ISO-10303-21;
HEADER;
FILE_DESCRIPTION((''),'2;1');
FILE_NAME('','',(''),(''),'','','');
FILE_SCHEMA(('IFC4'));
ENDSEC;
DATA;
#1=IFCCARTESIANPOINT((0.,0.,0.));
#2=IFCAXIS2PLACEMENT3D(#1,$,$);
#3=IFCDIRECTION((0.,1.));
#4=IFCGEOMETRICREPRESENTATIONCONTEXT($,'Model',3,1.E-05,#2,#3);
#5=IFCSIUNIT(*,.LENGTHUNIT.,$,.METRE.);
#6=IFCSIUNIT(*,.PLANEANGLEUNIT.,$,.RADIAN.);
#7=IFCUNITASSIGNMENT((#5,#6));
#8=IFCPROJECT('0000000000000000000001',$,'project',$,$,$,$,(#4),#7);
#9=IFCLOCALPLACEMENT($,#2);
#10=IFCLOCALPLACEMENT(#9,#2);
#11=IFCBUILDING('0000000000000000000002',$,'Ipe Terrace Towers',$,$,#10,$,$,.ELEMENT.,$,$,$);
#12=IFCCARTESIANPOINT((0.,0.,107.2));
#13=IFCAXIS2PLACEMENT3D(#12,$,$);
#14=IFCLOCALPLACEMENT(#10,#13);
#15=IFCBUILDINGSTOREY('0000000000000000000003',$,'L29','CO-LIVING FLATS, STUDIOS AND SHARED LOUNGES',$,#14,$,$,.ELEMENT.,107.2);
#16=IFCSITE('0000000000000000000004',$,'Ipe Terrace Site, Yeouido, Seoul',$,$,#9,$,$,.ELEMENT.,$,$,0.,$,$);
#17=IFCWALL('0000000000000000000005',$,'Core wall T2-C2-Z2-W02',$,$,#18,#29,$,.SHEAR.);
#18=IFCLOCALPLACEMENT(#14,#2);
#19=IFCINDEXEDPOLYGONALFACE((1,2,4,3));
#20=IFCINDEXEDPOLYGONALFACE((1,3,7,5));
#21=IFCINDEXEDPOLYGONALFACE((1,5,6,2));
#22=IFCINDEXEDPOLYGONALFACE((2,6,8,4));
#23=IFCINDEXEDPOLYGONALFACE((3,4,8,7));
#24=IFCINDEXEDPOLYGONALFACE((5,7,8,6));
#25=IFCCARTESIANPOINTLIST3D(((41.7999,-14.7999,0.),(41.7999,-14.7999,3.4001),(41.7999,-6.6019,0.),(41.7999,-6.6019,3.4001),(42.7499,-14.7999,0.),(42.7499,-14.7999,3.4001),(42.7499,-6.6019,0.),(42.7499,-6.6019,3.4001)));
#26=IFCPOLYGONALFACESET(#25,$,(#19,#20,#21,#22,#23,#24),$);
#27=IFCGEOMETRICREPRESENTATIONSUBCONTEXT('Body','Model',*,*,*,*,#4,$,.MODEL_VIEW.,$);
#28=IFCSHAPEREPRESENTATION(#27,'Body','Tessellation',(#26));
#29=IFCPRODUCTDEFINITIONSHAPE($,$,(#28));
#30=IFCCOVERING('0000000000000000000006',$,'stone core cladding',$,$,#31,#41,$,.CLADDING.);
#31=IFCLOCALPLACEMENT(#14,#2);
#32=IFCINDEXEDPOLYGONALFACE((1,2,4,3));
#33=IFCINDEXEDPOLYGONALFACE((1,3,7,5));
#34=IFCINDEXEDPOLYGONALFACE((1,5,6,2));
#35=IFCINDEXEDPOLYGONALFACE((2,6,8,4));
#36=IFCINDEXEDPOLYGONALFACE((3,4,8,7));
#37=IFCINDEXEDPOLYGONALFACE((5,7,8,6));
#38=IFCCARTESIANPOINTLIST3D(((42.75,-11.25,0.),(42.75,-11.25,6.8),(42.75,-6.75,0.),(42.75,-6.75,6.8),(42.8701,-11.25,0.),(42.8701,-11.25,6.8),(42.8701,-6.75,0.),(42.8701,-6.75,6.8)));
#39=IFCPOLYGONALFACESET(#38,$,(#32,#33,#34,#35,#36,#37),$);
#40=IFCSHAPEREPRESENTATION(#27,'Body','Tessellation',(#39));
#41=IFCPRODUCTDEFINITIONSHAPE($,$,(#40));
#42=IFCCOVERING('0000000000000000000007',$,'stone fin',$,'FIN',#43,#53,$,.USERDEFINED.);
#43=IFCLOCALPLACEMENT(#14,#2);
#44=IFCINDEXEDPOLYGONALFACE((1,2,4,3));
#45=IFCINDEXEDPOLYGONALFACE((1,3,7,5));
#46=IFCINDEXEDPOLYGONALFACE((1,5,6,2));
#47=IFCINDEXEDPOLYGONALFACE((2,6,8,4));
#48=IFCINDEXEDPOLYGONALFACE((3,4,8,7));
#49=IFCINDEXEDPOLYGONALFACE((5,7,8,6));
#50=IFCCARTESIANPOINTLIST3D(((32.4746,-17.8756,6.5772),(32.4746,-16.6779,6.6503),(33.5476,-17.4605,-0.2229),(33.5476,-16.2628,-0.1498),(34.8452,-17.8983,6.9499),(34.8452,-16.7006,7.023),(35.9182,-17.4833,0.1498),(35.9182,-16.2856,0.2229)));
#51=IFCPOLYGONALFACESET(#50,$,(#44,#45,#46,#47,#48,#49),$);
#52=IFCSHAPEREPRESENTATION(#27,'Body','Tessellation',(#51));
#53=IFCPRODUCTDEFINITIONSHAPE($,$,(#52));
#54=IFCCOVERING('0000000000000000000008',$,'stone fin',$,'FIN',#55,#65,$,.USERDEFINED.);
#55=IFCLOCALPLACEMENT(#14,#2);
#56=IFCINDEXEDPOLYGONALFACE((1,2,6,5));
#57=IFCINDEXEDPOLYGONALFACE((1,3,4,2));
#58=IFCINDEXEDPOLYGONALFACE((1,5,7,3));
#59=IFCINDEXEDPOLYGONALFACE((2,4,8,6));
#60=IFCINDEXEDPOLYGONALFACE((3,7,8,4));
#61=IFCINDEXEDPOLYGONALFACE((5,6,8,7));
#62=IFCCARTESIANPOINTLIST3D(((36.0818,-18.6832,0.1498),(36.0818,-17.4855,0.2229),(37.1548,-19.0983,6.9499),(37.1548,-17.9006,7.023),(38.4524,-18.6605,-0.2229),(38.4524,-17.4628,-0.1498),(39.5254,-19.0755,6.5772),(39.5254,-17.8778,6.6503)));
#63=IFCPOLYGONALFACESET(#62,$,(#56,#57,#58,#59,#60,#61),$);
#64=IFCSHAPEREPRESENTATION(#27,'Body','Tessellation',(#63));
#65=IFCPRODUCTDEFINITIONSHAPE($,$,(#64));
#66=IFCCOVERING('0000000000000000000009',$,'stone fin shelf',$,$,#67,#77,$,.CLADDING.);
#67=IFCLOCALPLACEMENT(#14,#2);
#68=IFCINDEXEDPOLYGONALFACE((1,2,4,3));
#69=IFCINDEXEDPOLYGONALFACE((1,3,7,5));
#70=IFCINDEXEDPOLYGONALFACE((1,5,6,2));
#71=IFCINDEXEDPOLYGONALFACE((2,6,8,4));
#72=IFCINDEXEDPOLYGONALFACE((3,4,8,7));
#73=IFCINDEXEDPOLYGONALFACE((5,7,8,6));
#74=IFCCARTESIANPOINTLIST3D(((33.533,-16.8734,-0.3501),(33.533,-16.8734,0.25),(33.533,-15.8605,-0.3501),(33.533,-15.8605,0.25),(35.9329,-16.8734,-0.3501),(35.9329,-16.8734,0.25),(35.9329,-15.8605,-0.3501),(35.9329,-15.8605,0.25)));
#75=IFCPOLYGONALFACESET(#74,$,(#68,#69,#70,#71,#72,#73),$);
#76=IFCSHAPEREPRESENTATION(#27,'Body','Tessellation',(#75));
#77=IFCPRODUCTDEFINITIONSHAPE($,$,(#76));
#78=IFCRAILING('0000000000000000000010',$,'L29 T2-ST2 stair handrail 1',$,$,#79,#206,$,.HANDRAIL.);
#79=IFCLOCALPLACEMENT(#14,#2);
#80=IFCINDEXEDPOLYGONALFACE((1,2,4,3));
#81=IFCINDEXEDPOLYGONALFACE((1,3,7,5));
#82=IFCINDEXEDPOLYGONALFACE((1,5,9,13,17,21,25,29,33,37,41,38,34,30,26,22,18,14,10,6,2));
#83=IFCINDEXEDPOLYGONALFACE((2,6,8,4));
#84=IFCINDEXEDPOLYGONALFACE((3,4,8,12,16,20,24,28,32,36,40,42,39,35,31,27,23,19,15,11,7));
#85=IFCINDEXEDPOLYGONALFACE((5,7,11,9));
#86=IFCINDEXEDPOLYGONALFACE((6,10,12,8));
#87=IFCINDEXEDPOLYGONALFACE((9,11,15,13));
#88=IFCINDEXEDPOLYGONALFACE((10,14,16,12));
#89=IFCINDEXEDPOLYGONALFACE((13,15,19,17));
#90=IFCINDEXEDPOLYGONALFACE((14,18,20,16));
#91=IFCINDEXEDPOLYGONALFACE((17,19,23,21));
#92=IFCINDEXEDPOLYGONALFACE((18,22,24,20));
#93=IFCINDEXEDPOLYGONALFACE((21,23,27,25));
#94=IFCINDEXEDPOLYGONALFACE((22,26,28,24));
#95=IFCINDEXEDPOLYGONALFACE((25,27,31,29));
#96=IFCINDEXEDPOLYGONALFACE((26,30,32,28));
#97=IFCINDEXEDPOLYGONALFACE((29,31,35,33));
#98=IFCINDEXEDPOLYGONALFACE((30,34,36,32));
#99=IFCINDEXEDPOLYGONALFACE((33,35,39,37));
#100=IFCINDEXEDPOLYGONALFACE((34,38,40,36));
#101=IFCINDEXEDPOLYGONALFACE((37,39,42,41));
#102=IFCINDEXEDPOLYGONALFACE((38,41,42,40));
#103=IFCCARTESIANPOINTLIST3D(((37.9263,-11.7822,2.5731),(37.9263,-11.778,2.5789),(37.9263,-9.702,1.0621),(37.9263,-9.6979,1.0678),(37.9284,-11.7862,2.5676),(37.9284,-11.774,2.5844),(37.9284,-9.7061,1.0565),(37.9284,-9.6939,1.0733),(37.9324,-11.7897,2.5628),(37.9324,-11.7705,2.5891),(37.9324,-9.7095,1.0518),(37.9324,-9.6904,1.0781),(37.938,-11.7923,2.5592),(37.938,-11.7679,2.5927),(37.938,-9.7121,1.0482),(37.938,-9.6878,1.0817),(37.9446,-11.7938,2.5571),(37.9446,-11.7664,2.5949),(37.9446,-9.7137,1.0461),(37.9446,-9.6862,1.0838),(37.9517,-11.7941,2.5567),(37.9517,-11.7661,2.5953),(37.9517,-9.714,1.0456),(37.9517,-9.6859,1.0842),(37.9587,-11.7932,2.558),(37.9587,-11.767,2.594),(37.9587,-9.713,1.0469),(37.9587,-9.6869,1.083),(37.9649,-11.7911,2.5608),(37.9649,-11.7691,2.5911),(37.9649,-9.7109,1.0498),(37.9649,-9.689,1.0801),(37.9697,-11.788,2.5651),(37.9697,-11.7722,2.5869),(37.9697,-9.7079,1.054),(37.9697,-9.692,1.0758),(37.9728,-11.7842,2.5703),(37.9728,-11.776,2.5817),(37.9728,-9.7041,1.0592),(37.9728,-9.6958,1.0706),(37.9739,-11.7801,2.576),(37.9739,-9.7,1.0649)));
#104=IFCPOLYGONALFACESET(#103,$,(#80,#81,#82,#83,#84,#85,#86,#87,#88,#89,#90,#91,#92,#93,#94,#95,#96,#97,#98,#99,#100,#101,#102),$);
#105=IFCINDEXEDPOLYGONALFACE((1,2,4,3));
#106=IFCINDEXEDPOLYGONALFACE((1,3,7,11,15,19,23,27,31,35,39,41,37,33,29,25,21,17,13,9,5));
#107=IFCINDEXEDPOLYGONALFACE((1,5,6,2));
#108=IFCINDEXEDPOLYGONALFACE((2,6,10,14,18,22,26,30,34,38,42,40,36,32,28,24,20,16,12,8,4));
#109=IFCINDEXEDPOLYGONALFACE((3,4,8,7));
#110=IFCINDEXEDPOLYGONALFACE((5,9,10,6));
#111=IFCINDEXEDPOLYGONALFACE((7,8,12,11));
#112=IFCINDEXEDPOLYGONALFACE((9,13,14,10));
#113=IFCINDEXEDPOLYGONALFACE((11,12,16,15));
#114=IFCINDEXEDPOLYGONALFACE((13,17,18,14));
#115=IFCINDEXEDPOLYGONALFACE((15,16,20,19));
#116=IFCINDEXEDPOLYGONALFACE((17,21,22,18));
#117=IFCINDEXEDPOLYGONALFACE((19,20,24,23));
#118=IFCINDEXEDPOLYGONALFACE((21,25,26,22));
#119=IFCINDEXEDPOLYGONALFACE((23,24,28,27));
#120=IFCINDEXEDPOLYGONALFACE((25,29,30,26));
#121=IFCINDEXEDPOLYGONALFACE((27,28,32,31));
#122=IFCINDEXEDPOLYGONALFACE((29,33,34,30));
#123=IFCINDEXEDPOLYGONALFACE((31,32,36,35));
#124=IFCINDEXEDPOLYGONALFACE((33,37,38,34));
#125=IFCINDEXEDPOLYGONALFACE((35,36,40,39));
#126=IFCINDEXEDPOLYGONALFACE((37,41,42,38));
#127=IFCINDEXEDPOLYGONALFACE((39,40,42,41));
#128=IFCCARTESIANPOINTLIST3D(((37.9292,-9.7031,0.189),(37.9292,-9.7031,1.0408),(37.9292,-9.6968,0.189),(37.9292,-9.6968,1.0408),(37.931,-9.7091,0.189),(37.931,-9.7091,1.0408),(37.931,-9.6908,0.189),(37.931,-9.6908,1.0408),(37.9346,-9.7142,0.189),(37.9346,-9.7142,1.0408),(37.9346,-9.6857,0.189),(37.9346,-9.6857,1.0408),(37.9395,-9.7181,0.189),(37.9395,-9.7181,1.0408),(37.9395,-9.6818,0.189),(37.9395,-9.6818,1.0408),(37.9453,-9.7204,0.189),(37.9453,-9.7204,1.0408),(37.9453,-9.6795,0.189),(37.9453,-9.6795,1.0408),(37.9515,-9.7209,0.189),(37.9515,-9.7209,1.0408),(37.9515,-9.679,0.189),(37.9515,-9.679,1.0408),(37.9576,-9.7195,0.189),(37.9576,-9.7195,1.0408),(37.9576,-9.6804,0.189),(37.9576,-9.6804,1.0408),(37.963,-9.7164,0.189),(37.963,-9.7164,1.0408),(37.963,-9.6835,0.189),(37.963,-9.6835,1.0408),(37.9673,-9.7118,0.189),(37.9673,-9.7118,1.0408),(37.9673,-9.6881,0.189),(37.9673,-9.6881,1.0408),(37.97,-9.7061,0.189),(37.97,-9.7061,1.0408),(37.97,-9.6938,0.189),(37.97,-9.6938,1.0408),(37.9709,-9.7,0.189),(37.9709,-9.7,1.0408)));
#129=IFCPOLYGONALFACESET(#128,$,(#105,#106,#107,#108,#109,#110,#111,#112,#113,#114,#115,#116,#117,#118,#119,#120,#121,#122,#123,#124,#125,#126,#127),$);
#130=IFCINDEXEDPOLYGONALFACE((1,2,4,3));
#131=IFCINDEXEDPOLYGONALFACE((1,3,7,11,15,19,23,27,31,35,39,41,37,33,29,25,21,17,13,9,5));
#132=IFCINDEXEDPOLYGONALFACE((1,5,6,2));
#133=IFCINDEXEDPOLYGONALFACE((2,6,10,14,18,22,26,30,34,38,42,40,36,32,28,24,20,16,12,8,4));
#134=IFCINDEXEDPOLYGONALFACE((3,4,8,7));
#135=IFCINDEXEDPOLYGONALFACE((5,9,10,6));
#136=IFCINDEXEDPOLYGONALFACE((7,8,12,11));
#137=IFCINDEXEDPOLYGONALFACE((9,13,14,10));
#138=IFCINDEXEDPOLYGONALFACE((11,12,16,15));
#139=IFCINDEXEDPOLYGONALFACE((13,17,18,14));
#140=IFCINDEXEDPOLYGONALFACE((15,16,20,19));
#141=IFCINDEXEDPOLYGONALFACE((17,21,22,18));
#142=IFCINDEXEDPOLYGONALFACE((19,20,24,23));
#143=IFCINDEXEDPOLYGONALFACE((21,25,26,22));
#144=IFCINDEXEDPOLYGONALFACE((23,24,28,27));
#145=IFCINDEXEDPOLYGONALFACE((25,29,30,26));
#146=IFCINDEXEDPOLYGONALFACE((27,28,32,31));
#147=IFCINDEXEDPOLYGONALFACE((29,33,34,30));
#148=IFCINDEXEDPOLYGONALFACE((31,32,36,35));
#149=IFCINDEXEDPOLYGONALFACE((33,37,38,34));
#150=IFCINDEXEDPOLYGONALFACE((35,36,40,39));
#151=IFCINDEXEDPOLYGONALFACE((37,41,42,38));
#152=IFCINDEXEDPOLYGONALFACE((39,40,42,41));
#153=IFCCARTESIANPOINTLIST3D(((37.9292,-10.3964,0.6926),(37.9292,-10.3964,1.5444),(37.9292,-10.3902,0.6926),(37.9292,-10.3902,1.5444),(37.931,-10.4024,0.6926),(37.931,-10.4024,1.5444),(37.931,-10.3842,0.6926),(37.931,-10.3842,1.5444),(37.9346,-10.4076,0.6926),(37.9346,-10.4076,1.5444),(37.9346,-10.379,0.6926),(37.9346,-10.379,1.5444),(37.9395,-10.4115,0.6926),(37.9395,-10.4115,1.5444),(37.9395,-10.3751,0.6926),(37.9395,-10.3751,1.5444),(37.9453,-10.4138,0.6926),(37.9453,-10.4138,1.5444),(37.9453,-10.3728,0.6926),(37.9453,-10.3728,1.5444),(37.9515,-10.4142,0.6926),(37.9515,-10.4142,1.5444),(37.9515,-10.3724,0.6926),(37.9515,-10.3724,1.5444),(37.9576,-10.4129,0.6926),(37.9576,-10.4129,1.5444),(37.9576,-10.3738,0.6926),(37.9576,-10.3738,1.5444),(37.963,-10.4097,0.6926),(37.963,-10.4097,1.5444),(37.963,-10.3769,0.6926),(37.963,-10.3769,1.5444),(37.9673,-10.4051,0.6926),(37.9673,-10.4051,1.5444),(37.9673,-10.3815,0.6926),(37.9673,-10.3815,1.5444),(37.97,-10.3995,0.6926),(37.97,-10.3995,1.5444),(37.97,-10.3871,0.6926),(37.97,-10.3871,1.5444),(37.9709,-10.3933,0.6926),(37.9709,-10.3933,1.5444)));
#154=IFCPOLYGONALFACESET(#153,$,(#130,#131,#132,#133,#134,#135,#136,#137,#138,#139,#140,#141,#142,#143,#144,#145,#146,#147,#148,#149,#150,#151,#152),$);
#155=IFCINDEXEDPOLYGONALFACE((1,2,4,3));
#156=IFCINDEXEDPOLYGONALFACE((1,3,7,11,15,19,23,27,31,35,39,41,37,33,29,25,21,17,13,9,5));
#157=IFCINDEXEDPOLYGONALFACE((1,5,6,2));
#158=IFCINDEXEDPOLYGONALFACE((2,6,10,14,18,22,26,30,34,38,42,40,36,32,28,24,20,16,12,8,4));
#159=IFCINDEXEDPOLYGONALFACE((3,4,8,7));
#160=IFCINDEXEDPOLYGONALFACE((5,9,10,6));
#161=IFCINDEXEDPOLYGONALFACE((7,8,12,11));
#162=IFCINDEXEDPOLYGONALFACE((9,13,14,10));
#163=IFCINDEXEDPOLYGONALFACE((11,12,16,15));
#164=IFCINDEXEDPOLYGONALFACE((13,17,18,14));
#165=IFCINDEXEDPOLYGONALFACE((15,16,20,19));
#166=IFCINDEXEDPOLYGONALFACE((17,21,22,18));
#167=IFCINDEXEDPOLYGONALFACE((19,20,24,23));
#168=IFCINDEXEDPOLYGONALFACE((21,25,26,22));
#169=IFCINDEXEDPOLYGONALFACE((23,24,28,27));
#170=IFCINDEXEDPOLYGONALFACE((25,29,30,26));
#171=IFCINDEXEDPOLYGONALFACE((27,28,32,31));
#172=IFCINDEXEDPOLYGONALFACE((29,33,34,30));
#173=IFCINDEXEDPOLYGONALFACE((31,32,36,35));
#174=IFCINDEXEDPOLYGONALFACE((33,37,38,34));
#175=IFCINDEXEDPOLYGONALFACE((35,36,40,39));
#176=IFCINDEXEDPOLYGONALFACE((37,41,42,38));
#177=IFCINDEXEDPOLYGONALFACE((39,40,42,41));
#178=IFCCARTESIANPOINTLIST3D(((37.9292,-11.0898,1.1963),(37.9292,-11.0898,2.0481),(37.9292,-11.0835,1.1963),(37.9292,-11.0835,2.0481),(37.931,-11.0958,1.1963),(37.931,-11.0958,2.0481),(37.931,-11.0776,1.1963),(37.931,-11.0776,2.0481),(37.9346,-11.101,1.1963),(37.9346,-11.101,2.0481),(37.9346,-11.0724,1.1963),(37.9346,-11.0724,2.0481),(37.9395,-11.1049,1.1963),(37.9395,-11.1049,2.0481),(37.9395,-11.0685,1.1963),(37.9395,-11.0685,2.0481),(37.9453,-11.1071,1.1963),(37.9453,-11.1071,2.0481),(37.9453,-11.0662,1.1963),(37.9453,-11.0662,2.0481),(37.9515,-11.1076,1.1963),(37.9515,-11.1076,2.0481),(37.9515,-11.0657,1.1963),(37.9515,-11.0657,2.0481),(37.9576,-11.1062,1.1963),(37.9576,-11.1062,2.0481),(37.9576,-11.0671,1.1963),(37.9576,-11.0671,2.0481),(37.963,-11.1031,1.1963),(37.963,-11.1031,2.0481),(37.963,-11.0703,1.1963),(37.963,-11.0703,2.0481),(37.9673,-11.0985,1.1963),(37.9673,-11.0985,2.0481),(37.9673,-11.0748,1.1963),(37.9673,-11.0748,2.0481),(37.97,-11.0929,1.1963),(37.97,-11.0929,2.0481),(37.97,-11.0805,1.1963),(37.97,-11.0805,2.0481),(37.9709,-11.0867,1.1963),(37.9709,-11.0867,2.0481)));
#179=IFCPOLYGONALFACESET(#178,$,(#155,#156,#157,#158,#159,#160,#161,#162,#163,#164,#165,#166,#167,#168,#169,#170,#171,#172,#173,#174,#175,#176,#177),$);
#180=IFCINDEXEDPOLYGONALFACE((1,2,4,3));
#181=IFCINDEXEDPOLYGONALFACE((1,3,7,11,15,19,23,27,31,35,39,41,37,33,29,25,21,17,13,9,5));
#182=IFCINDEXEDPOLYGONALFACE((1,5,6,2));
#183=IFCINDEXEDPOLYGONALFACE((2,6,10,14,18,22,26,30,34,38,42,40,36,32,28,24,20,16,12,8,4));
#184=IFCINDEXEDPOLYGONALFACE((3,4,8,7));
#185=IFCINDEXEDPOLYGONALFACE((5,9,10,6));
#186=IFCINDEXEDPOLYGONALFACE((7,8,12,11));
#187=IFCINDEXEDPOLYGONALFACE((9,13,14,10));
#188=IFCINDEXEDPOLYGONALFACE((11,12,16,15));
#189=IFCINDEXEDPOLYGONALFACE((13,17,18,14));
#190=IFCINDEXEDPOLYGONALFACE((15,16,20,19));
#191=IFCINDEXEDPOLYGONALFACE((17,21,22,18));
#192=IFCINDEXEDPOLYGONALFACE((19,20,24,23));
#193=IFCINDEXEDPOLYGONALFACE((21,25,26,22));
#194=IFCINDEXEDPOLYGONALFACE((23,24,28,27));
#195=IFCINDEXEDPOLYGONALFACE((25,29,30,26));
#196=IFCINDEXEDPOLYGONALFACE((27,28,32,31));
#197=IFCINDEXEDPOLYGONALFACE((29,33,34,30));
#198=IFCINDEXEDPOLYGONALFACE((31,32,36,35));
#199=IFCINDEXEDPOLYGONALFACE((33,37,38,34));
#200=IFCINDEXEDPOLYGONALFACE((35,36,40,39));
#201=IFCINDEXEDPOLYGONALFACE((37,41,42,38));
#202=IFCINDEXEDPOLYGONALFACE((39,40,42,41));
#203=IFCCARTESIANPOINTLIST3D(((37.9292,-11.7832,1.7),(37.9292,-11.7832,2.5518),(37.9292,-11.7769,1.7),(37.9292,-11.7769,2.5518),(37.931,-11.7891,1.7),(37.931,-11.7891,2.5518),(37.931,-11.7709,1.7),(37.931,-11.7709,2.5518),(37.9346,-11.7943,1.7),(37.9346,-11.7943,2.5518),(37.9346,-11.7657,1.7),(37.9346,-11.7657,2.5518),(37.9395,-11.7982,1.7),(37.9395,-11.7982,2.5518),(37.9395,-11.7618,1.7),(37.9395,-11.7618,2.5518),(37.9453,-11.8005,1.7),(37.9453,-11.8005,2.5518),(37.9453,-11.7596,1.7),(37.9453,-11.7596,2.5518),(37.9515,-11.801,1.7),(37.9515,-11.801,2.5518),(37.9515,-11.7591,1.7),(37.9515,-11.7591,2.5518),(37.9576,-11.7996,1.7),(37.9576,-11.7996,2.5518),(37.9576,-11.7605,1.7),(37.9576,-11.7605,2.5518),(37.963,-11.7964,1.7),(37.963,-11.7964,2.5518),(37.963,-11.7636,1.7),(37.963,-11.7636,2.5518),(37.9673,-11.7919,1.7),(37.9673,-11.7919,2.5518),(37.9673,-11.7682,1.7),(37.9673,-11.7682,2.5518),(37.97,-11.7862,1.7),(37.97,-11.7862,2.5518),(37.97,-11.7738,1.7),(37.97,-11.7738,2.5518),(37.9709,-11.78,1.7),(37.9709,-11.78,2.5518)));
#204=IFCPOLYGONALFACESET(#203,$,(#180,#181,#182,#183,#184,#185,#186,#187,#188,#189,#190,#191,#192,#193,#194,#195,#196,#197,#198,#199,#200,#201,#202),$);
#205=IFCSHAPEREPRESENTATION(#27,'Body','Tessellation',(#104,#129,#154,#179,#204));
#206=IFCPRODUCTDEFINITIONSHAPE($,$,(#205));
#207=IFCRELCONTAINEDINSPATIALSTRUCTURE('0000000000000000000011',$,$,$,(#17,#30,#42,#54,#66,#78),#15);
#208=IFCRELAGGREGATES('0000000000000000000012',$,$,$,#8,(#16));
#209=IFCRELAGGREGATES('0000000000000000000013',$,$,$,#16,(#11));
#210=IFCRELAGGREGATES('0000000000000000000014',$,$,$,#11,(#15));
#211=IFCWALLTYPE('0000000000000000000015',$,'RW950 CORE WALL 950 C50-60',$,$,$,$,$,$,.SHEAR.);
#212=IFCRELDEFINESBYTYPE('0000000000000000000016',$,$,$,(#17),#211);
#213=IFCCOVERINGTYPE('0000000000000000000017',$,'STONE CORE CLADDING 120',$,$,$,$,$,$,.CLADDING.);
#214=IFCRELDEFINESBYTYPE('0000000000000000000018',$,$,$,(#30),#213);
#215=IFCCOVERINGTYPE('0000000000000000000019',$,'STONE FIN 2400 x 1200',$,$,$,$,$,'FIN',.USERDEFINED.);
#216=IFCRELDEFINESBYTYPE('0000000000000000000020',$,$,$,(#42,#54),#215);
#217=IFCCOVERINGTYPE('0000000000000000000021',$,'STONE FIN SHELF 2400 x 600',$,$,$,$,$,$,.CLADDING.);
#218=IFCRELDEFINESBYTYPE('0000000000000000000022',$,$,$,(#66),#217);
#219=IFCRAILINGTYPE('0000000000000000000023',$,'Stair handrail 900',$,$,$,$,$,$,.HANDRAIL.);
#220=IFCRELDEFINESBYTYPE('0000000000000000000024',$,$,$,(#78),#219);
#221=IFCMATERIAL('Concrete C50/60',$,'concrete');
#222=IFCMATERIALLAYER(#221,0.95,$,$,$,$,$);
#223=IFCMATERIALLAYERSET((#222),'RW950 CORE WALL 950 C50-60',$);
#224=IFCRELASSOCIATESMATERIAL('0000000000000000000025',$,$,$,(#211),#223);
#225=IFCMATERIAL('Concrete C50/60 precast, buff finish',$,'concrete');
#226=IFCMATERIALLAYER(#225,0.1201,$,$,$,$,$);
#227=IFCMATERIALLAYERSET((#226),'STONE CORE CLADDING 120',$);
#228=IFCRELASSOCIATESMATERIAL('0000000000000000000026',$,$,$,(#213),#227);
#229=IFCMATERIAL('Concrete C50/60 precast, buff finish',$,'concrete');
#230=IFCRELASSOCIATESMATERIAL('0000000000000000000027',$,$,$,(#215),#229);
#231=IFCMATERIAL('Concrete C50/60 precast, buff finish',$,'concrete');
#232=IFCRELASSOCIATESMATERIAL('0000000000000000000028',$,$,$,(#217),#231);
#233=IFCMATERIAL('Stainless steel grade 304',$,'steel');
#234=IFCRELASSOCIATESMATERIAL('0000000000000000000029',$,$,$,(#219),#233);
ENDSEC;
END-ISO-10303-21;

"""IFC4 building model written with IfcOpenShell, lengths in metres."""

from ifc_helpers import new_model, si_unit, direction, frame, frame_2d, origin, origin_2d, place, context, subcontext, project, spatial, rectangle, circle, extrude, material, layer, layer_set, material_profile, profile_set, type_object, element, save


model = new_model("IFC4")

# Units and contexts
model_context = context("Model", 3, precision=1e-05, world=origin(), true_north=direction((0.0, 1.0)))
body_context = subcontext(model_context, "Body", "Model", "MODEL_VIEW")
ifc_project = project(units=[si_unit("LENGTHUNIT", "METRE"), si_unit("PLANEANGLEUNIT", "RADIAN")], contexts=[model_context])

# Site, building, storey
site_placement = place(None, origin())
site = spatial("IfcSite", under=ifc_project, at=site_placement, Name="Ipe Terrace Site, Yeouido, Seoul", CompositionType="ELEMENT", RefElevation=0.0)
building_placement = place(site_placement, origin())
building = spatial("IfcBuilding", under=site, at=building_placement, Name="Ipe Terrace Towers", CompositionType="ELEMENT")
storey_placement = place(building_placement, frame((0.0, 0.0, 107.2)))
storey = spatial("IfcBuildingStorey", under=building, at=storey_placement, Name="L29", Description="CO-LIVING FLATS, STUDIOS AND SHARED LOUNGES", CompositionType="ELEMENT", Elevation=107.2)

# Wall
ifc_material_1 = material(Name="Concrete C50/60", Category="concrete")
ifc_layer_1 = layer(ifc_material_1, 0.95)
ifc_layer_set_1 = layer_set([ifc_layer_1], Name="RW950 CORE WALL 950 C50-60")
wall_type_1 = type_object("IfcWallType", Name="RW950 CORE WALL 950 C50-60", PredefinedType="SHEAR", material=ifc_layer_set_1)
wall_1_placement = place(storey_placement, frame((42.2749, -14.8, 0.0), z_axis=(0.0, 0.0, 1.0), x_axis=(0.0, 1.0, 0.0)))
element("IfcWall", 1, at=wall_1_placement, inside=storey, type_object=wall_type_1, Name="Core wall T2-C2-Z2-W02", PredefinedType="SHEAR", context=body_context, shape_type="SweptSolid", body=[
    extrude(rectangle(XDim=8.198, YDim=0.95, at=frame_2d((4.0991, 0.0))), origin(), (0.0, 0.0, 1.0), 3.4001),
])

# Coverings
ifc_material_2 = material(Name="Concrete C50/60 precast, buff finish", Category="concrete")
ifc_layer_2 = layer(ifc_material_2, 0.1201)
ifc_layer_set_2 = layer_set([ifc_layer_2], Name="STONE CORE CLADDING 120")
covering_type_1 = type_object("IfcCoveringType", Name="STONE CORE CLADDING 120", PredefinedType="CLADDING", material=ifc_layer_set_2)
covering_1_placement = place(storey_placement, frame((42.8101, -9.0, 0.0), z_axis=(0.0, 0.0, 1.0), x_axis=(0.0, 1.0, 0.0)))
element("IfcCovering", 2, at=covering_1_placement, inside=storey, type_object=covering_type_1, Name="stone core cladding", PredefinedType="CLADDING", context=body_context, shape_type="SweptSolid", body=[
    extrude(rectangle(XDim=4.5, YDim=0.1201, at=origin_2d()), origin(), (0.0, 0.0, 1.0), 6.8),
])
ifc_material_3 = material(Name="Concrete C50/60 precast, buff finish", Category="concrete")
ifc_material_profile = material_profile(ifc_material_3, rectangle(XDim=2.3999, YDim=1.2, at=origin_2d()), Name="STONE FIN 2400 x 1200")
ifc_profile_set = profile_set([ifc_material_profile], Name="Concrete C50/60 precast, buff finish")
covering_type_2 = type_object("IfcCoveringType", Name="STONE FIN 2400 x 1200", ElementType="FIN", PredefinedType="USERDEFINED", material=ifc_profile_set)
for number, where, z_axis, x_axis, name in (
    (3, (34.7329, -16.873, 0.0), (-0.155582, -0.06018, 0.985988), (0.987823, -0.009478, 0.155293), "stone fin"),
    (4, (37.2671, -18.073, 0.0), (0.155582, -0.06018, 0.985988), (0.987823, 0.009478, -0.155293), "stone fin"),
):
    element("IfcCovering", number, at=place(storey_placement, frame(where, z_axis=z_axis, x_axis=x_axis)), inside=storey, type_object=covering_type_2, Name=name, ObjectType="FIN", PredefinedType="USERDEFINED", context=body_context, shape_type="SweptSolid", body=[
        extrude(rectangle(XDim=2.3999, YDim=1.2, at=origin_2d()), origin(), (0.0, 0.0, 1.0), 6.8967),
    ])
ifc_material_4 = material(Name="Concrete C50/60 precast, buff finish", Category="concrete")
covering_type_3 = type_object("IfcCoveringType", Name="STONE FIN SHELF 2400 x 600", PredefinedType="CLADDING", material=ifc_material_4)
covering_2_placement = place(storey_placement, frame((34.7329, -16.3669, -0.3501), z_axis=(0.0, 0.0, 1.0), x_axis=(1.0, 0.0, 0.0)))
element("IfcCovering", 5, at=covering_2_placement, inside=storey, type_object=covering_type_3, Name="stone fin shelf", PredefinedType="CLADDING", context=body_context, shape_type="SweptSolid", body=[
    extrude(rectangle(XDim=2.3999, YDim=1.0129, at=origin_2d()), origin(), (0.0, 0.0, 1.0), 0.6001),
])

# Railing
ifc_material_5 = material(Name="Stainless steel grade 304", Category="steel")
railing_type_1 = type_object("IfcRailingType", Name="Stair handrail 900", PredefinedType="HANDRAIL", material=ifc_material_5)
railing_1_placement = place(storey_placement, frame((37.95, -9.7, 0.189)))
element("IfcRailing", 6, at=railing_1_placement, inside=storey, type_object=railing_type_1, Name="L29 T2-ST2 stair handrail 1", PredefinedType="HANDRAIL", context=body_context, shape_type="SweptSolid", body=[
    extrude(circle(Radius=0.0239, at=origin_2d()), frame((0.0, 0.0, 0.876), z_axis=(0.0, -0.809069, 0.587714), x_axis=(1.0, 0.0, 0.0)), (0.0, 0.0, 1.0), 2.571),
    extrude(circle(Radius=0.021, at=origin_2d()), origin(), (0.0, 0.0, 1.0), 0.8518),
    extrude(circle(Radius=0.021, at=origin_2d()), frame((0.0, -0.6934, 0.5037)), (0.0, 0.0, 1.0), 0.8518),
    extrude(circle(Radius=0.021, at=origin_2d()), frame((0.0, -1.3867, 1.0073)), (0.0, 0.0, 1.0), 0.8518),
    extrude(circle(Radius=0.021, at=origin_2d()), frame((0.0, -2.0801, 1.511)), (0.0, 0.0, 1.0), 0.8518),
])

save(model, "model.ifc")
